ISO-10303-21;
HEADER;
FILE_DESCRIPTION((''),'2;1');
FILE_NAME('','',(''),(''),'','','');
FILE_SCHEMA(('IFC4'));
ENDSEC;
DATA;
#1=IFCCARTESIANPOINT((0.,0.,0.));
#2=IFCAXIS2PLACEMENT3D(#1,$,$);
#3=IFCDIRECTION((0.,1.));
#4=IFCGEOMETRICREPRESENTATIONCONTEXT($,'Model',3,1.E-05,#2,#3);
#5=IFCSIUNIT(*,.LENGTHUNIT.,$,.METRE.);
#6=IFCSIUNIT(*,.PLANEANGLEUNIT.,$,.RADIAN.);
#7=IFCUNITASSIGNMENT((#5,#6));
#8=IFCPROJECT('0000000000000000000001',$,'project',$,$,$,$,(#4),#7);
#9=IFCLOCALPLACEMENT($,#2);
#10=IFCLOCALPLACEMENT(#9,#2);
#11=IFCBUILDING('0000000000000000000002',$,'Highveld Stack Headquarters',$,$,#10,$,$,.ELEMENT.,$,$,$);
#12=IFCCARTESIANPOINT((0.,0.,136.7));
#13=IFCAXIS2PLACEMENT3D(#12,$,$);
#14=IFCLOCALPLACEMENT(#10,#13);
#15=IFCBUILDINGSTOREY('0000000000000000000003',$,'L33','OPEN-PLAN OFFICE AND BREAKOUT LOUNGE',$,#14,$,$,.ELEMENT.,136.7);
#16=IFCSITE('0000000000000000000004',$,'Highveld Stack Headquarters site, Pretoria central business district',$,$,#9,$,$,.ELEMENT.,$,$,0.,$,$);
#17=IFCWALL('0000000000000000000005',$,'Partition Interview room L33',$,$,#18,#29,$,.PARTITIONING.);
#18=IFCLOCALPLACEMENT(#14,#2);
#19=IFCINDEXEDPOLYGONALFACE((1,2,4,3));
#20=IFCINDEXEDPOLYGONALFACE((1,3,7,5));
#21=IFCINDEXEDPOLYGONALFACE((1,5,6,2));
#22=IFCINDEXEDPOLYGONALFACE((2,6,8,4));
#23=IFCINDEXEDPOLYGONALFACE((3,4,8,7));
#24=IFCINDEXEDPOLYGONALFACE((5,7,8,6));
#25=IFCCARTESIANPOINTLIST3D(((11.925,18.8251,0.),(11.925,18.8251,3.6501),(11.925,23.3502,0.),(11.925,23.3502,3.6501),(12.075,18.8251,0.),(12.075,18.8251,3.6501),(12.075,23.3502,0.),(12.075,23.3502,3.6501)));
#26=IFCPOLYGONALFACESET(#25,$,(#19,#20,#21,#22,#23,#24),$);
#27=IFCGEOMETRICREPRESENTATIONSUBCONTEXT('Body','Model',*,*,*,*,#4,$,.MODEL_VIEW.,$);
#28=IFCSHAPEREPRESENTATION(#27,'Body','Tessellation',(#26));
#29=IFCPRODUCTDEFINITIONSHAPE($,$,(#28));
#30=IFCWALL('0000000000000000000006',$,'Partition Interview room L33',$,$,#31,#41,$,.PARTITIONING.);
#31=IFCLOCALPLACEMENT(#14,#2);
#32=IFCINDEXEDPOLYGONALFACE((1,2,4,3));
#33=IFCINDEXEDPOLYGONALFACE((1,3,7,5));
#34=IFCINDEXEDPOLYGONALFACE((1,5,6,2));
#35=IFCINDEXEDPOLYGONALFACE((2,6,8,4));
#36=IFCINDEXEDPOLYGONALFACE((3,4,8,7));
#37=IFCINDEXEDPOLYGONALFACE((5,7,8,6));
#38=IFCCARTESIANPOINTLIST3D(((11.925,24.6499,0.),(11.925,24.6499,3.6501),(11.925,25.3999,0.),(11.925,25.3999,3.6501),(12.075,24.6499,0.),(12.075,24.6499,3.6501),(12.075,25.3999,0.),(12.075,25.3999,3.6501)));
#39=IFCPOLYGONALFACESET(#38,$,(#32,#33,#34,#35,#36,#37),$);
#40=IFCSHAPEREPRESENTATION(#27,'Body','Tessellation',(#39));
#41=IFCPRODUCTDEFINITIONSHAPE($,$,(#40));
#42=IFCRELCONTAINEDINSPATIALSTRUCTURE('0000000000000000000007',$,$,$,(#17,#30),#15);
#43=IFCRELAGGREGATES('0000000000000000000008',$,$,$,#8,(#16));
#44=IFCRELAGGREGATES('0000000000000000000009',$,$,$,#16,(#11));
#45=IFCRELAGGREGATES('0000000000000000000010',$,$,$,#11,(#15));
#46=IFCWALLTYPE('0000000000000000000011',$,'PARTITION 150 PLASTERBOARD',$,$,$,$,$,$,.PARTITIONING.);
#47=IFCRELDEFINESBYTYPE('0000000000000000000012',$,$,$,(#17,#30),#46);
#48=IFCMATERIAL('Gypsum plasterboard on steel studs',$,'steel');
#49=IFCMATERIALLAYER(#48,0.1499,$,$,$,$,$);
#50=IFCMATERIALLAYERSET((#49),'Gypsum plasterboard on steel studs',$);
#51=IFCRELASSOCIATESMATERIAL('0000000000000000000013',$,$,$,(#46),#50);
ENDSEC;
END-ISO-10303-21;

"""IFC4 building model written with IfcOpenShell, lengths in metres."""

from ifc_helpers import new_model, si_unit, direction, frame, frame_2d, origin, place, context, subcontext, project, spatial, rectangle, extrude, material, layer, layer_set, type_object, element, save


model = new_model("IFC4")

# Units and contexts
model_context = context("Model", 3, precision=1e-05, world=origin(), true_north=direction((0.0, 1.0)))
body_context = subcontext(model_context, "Body", "Model", "MODEL_VIEW")
ifc_project = project(units=[si_unit("LENGTHUNIT", "METRE"), si_unit("PLANEANGLEUNIT", "RADIAN")], contexts=[model_context])

# Site, building, storey
site_placement = place(None, origin())
site = spatial("IfcSite", under=ifc_project, at=site_placement, Name="Highveld Stack Headquarters site, Pretoria central business district", CompositionType="ELEMENT", RefElevation=0.0)
building_placement = place(site_placement, origin())
building = spatial("IfcBuilding", under=site, at=building_placement, Name="Highveld Stack Headquarters", CompositionType="ELEMENT")
storey_placement = place(building_placement, frame((0.0, 0.0, 136.7)))
storey = spatial("IfcBuildingStorey", under=building, at=storey_placement, Name="L33", Description="OPEN-PLAN OFFICE AND BREAKOUT LOUNGE", CompositionType="ELEMENT", Elevation=136.7)

# Shared definitions
ifc_material_1 = material(Name="Gypsum plasterboard on steel studs", Category="steel")
ifc_layer_1 = layer(ifc_material_1, 0.1499)
ifc_layer_set_1 = layer_set([ifc_layer_1], Name="Gypsum plasterboard on steel studs")
wall_type = type_object("IfcWallType", Name="PARTITION 150 PLASTERBOARD", PredefinedType="PARTITIONING", material=ifc_layer_set_1)

# Walls
wall_1_placement = place(storey_placement, frame((12.0, 18.825, 0.0), z_axis=(0.0, 0.0, 1.0), x_axis=(0.0, 1.0, 0.0)))
element("IfcWall", 1, at=wall_1_placement, inside=storey, type_object=wall_type, Name="Partition Interview room L33", PredefinedType="PARTITIONING", context=body_context, shape_type="SweptSolid", body=[
    extrude(rectangle(XDim=4.5251, YDim=0.1499, at=frame_2d((2.2627, 0.0))), origin(), (0.0, 0.0, 1.0), 3.6501),
])
wall_2_placement = place(storey_placement, frame((12.0, 24.6499, 0.0), z_axis=(0.0, 0.0, 1.0), x_axis=(0.0, 1.0, 0.0)))
element("IfcWall", 2, at=wall_2_placement, inside=storey, type_object=wall_type, Name="Partition Interview room L33", PredefinedType="PARTITIONING", context=body_context, shape_type="SweptSolid", body=[
    extrude(rectangle(XDim=0.75, YDim=0.1499, at=frame_2d((0.375, 0.0))), origin(), (0.0, 0.0, 1.0), 3.6501),
])

save(model, "model.ifc")
